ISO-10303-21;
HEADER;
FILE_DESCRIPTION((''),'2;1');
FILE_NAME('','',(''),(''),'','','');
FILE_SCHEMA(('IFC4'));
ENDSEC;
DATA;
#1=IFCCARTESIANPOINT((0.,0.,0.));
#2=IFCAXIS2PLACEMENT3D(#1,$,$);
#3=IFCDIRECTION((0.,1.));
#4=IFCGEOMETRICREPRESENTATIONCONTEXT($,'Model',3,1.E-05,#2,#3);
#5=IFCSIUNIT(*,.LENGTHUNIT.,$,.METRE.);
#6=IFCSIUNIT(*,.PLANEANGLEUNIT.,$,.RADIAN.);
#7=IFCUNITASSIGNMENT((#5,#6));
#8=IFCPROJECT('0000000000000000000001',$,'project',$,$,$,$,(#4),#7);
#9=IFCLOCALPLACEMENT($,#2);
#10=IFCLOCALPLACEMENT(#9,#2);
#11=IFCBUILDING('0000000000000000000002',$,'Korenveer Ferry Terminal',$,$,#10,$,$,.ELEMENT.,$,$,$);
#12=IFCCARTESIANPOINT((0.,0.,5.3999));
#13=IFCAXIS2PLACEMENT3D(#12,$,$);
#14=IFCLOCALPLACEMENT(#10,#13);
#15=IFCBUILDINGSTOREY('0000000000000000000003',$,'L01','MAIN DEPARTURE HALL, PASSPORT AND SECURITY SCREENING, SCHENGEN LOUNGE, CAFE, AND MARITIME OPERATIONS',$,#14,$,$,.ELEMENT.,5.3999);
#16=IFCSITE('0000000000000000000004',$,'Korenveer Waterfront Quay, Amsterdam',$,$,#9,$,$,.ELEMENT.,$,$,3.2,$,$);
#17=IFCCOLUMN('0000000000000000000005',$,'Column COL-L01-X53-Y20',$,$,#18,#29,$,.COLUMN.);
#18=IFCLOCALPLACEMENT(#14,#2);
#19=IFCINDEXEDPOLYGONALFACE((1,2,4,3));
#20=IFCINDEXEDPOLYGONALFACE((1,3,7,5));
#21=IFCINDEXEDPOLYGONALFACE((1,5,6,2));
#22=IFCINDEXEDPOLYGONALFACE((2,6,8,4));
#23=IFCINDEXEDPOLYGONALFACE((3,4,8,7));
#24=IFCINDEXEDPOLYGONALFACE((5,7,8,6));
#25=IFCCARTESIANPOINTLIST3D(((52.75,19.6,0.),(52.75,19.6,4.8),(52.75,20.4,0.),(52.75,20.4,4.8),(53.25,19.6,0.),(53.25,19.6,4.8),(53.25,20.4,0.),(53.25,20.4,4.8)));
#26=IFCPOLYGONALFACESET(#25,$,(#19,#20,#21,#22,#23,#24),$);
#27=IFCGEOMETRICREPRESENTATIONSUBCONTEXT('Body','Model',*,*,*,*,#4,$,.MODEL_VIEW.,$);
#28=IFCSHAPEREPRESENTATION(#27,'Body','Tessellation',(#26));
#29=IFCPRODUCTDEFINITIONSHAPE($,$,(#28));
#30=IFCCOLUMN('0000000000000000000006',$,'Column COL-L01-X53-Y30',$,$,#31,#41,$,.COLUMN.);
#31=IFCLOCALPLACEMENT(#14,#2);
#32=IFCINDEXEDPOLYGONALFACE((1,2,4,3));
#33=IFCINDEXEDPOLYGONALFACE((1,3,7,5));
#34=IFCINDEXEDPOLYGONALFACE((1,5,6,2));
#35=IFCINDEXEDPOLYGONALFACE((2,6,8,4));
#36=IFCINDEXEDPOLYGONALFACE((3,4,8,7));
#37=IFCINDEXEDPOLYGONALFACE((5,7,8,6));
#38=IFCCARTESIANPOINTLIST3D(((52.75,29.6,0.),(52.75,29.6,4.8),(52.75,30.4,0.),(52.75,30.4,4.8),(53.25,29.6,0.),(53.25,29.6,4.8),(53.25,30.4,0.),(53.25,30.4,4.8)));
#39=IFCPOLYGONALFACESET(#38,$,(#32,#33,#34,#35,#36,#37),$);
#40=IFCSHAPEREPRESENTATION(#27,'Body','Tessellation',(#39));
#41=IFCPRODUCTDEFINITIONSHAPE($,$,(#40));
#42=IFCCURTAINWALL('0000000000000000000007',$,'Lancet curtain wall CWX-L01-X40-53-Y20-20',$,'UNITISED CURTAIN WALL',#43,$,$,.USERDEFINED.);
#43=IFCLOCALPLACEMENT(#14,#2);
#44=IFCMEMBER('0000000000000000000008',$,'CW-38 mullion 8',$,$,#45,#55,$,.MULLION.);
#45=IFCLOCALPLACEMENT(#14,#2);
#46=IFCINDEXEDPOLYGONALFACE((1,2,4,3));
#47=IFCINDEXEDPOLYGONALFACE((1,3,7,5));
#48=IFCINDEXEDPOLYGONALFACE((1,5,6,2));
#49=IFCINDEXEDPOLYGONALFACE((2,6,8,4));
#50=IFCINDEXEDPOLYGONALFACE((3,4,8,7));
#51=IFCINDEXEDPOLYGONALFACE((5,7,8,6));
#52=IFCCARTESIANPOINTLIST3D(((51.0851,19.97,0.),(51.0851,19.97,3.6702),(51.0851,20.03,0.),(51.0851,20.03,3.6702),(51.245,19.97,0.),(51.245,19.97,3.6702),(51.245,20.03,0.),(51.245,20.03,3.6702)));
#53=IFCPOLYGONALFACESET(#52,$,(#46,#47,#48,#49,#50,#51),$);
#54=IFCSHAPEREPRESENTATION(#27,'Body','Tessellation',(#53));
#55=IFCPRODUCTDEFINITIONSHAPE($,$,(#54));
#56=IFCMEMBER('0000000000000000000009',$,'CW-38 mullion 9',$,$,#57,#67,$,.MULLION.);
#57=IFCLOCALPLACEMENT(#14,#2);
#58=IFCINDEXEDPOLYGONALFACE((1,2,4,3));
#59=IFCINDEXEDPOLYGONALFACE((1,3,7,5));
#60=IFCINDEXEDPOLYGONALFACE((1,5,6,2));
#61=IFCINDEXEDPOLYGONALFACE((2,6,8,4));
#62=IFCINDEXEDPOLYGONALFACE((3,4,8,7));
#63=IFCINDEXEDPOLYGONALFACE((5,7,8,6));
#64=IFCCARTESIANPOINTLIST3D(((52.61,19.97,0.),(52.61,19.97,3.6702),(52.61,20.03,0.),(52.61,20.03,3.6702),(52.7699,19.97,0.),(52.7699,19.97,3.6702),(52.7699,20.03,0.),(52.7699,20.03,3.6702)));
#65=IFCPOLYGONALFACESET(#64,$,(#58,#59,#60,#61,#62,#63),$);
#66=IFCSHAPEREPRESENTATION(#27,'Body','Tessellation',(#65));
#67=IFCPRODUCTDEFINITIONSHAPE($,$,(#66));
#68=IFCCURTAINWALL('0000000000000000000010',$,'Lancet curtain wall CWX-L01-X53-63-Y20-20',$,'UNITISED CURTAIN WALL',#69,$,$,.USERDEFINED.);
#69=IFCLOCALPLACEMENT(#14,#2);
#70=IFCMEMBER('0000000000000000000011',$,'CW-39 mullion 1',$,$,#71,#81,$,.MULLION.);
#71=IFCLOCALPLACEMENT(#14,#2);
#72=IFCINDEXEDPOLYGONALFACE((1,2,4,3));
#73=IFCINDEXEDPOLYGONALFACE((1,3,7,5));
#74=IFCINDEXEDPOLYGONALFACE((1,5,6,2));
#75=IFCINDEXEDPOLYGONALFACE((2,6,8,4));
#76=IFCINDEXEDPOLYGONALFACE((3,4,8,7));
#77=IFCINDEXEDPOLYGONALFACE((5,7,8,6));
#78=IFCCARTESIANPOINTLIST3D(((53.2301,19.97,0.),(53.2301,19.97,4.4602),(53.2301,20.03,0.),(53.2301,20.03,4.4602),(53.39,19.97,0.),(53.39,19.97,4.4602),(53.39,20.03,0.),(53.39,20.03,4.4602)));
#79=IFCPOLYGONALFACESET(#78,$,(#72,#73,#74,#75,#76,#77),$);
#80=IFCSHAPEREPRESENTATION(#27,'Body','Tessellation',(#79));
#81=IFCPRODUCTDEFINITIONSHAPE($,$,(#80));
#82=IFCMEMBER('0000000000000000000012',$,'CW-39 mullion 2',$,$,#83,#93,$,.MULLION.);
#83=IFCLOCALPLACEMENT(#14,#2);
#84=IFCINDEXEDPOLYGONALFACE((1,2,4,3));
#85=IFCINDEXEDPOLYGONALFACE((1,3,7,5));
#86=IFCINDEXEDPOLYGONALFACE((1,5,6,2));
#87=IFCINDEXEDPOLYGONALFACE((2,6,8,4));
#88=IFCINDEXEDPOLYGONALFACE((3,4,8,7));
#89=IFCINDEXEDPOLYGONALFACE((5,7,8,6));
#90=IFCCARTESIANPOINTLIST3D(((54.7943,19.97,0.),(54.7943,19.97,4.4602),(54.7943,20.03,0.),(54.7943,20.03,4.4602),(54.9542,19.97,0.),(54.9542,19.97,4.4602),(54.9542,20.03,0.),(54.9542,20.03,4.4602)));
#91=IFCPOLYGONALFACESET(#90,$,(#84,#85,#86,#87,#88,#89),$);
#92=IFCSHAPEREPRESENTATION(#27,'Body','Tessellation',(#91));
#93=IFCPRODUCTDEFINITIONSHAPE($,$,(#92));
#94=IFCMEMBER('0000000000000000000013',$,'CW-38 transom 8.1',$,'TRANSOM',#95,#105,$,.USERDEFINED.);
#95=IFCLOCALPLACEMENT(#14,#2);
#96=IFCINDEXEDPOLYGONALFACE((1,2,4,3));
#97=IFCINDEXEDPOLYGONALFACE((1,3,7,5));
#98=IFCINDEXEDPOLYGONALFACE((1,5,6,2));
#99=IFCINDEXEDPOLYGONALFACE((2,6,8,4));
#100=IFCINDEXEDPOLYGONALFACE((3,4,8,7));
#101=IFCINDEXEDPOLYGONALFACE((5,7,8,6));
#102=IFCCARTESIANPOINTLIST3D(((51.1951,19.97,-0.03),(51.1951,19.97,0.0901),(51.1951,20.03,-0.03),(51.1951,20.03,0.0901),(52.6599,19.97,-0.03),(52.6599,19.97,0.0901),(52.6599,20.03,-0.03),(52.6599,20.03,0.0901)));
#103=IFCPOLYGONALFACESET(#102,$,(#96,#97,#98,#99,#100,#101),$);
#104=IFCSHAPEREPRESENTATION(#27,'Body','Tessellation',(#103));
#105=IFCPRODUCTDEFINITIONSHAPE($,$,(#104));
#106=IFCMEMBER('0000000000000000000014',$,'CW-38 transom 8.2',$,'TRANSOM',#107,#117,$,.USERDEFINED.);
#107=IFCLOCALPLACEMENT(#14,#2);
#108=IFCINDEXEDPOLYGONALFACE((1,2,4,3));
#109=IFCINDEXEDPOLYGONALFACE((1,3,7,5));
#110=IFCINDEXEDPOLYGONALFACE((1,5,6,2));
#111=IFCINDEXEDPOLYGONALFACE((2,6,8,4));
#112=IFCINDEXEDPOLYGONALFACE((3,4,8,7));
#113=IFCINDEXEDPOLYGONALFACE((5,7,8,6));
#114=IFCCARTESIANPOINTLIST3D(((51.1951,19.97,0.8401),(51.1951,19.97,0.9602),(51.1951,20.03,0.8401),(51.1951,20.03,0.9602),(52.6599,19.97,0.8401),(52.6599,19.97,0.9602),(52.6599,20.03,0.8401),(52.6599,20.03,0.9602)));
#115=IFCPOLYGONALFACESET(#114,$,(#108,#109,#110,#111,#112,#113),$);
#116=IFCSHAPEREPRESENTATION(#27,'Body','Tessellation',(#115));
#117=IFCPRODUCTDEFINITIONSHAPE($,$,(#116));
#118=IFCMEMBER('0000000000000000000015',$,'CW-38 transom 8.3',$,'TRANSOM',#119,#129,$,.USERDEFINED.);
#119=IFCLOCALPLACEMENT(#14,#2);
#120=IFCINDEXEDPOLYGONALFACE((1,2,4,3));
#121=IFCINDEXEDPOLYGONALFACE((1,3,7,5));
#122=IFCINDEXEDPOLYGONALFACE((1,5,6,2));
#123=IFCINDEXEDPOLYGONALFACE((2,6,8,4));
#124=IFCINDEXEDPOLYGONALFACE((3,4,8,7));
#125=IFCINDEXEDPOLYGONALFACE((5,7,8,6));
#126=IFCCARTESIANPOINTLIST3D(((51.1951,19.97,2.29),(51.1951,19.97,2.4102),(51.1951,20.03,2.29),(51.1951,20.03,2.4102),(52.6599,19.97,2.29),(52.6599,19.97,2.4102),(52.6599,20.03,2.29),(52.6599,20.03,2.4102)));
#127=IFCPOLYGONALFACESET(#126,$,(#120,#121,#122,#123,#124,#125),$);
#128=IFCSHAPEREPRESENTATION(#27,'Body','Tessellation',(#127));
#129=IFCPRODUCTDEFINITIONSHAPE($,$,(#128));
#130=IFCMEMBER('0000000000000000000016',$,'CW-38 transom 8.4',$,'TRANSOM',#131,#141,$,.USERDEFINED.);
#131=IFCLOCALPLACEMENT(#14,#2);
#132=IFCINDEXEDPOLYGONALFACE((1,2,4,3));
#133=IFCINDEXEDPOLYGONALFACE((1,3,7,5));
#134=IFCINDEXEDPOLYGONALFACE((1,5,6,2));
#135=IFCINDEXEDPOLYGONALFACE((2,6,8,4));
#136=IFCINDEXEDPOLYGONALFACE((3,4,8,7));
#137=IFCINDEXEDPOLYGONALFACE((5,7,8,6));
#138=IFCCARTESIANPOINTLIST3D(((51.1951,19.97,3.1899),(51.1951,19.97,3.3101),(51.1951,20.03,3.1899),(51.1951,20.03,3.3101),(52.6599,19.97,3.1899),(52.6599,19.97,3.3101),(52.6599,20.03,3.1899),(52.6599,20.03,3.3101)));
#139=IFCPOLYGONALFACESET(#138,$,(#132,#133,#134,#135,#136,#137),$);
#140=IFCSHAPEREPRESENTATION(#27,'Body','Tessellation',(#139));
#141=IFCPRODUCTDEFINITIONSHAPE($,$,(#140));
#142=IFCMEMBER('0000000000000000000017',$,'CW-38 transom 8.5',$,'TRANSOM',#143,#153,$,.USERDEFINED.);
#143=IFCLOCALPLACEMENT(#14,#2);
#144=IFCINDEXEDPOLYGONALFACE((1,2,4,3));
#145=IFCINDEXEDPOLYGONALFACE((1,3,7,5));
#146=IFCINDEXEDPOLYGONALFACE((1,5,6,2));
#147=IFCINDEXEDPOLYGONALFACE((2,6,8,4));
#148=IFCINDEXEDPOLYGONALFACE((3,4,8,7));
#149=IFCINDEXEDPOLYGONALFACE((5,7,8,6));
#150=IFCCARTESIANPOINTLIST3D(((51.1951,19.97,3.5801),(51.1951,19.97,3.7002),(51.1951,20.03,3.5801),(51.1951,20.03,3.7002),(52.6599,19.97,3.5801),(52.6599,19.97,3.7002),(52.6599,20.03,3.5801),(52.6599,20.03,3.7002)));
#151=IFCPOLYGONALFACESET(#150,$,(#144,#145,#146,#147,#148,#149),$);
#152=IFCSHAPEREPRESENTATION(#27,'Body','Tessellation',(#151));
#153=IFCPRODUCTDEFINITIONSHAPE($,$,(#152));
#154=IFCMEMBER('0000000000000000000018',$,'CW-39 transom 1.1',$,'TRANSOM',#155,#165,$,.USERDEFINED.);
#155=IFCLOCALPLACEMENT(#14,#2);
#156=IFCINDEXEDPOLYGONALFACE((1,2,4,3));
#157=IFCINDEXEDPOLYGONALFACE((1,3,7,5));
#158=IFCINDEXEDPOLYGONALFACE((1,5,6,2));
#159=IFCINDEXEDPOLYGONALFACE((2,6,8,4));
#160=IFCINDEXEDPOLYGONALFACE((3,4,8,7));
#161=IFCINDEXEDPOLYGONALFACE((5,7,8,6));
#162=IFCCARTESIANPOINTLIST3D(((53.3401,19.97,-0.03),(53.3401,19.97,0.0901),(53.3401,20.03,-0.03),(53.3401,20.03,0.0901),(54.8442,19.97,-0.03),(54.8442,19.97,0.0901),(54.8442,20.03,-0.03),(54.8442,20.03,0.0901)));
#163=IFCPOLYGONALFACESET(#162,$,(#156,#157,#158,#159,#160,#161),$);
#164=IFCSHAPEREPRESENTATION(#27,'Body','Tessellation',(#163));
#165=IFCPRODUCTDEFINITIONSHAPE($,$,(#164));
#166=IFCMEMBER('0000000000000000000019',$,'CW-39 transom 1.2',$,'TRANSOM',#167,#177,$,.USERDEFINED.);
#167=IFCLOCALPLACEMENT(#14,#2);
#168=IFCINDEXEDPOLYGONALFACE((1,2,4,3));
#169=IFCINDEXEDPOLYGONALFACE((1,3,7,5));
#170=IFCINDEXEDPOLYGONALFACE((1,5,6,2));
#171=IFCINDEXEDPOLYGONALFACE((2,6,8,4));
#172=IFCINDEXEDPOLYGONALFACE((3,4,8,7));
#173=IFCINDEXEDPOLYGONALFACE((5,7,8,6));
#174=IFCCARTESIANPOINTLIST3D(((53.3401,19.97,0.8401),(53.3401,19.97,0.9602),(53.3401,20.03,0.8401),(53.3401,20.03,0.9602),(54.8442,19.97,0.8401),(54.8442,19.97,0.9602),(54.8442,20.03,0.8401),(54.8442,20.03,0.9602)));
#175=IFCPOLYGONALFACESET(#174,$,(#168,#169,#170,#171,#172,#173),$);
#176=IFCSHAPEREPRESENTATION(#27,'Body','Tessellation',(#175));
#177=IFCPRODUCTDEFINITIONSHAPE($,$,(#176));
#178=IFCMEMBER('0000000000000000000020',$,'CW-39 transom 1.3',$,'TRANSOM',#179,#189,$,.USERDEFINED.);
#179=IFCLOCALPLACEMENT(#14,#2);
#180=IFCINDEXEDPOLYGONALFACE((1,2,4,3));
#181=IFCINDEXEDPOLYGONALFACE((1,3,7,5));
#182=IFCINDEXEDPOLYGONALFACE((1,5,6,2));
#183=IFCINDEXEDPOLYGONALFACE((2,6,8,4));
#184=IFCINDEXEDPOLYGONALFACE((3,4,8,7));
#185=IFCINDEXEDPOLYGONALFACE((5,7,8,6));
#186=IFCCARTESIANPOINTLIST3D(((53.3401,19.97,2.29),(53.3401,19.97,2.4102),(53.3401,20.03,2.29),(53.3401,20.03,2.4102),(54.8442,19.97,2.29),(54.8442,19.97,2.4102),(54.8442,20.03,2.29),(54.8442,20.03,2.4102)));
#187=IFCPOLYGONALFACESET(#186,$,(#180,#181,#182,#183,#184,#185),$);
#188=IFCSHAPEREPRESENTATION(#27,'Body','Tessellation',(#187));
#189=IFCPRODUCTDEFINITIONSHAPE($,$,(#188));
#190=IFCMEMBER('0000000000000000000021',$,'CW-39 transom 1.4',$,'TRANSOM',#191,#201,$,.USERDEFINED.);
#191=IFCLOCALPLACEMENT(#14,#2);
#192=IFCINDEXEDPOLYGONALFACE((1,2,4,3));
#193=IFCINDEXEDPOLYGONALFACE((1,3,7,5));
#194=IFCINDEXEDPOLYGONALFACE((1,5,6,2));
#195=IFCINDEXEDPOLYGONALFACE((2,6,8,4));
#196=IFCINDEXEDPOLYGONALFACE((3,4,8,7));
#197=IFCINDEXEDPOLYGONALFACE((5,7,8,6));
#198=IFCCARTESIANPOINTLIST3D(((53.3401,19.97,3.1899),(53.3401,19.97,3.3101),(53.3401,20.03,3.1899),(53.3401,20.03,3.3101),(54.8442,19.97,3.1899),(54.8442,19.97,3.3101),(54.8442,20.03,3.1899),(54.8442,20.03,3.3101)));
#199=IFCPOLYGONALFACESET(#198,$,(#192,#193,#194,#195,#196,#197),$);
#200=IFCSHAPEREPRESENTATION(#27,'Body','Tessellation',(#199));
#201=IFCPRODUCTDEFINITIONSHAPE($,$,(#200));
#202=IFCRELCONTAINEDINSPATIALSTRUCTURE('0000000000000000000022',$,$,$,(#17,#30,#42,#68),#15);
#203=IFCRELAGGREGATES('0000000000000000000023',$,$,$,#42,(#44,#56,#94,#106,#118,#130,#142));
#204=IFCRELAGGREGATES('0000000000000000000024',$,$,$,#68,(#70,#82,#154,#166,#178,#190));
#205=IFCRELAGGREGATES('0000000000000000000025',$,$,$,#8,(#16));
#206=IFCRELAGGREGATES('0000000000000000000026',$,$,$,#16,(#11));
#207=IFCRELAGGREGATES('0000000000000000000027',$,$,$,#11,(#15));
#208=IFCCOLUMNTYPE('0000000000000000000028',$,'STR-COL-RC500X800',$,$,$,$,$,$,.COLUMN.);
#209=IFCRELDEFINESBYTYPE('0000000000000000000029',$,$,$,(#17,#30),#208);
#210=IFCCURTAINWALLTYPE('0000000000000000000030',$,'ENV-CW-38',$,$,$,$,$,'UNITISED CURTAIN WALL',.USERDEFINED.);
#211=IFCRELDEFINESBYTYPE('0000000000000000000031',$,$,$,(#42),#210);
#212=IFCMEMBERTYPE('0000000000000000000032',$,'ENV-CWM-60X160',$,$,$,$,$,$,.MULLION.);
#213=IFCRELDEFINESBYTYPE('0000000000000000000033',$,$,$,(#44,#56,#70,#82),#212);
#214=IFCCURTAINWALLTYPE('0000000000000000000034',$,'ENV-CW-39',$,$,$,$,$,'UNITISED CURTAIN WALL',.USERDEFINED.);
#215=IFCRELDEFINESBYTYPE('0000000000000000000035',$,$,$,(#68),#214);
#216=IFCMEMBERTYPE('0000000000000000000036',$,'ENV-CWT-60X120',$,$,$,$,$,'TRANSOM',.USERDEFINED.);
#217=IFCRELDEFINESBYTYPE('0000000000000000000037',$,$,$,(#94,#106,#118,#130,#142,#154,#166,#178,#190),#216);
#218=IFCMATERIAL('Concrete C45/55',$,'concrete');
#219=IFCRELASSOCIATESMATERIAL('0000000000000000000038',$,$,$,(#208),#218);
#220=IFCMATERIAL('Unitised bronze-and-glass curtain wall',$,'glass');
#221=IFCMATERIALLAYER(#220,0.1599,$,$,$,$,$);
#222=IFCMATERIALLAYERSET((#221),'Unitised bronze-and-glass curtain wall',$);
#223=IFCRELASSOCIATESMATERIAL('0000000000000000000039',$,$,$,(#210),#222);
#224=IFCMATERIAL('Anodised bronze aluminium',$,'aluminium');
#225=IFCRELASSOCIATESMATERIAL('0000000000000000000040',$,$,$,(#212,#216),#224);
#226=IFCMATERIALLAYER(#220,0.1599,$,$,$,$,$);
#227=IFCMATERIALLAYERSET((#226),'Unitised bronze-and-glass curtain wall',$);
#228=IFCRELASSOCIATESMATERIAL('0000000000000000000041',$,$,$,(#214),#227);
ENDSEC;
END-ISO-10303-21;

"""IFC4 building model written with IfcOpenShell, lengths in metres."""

from ifc_helpers import new_model, si_unit, direction, frame, origin, origin_2d, place, context, subcontext, project, spatial, rectangle, extrude, material, layer, layer_set, material_profile, profile_set, type_object, element, aggregate, save


model = new_model("IFC4")

# Units and contexts
model_context = context("Model", 3, precision=1e-05, world=origin(), true_north=direction((0.0, 1.0)))
body_context = subcontext(model_context, "Body", "Model", "MODEL_VIEW")
ifc_project = project(units=[si_unit("LENGTHUNIT", "METRE"), si_unit("PLANEANGLEUNIT", "RADIAN")], contexts=[model_context])

# Site, building, storey
site_placement = place(None, origin())
site = spatial("IfcSite", under=ifc_project, at=site_placement, Name="Korenveer Waterfront Quay, Amsterdam", CompositionType="ELEMENT", RefElevation=3.2)
building_placement = place(site_placement, origin())
building = spatial("IfcBuilding", under=site, at=building_placement, Name="Korenveer Ferry Terminal", CompositionType="ELEMENT")
storey_placement = place(building_placement, frame((0.0, 0.0, 5.3999)))
storey = spatial("IfcBuildingStorey", under=building, at=storey_placement, Name="L01", Description="MAIN DEPARTURE HALL, PASSPORT AND SECURITY SCREENING, SCHENGEN LOUNGE, CAFE, AND MARITIME OPERATIONS", CompositionType="ELEMENT", Elevation=5.3999)

# Columns
ifc_material_1 = material(Name="Concrete C45/55", Category="concrete")
ifc_material_profile_1 = material_profile(ifc_material_1, rectangle(XDim=0.5, YDim=0.8, at=origin_2d()), Name="RC 500x800")
ifc_profile_set_1 = profile_set([ifc_material_profile_1], Name="Concrete C45/55")
column_type = type_object("IfcColumnType", Name="STR-COL-RC500X800", PredefinedType="COLUMN", material=ifc_profile_set_1)
for number, where, z_axis, x_axis, name in (
    (1, (53.0, 20.0, 0.0), (0.0, 0.0, 1.0), (1.0, 0.0, 0.0), "Column COL-L01-X53-Y20"),
    (2, (53.0, 30.0, 0.0), (0.0, 0.0, 1.0), (1.0, 0.0, 0.0), "Column COL-L01-X53-Y30"),
):
    element("IfcColumn", number, at=place(storey_placement, frame(where, z_axis=z_axis, x_axis=x_axis)), inside=storey, type_object=column_type, Name=name, PredefinedType="COLUMN", context=body_context, shape_type="SweptSolid", body=[
        extrude(rectangle(XDim=0.5, YDim=0.8, at=origin_2d()), origin(), (0.0, 0.0, 1.0), 4.8),
    ])

# Curtain walls, members
ifc_material_2 = material(Name="Unitised bronze-and-glass curtain wall", Category="glass")
ifc_layer_1 = layer(ifc_material_2, 0.1599)
ifc_layer_set_1 = layer_set([ifc_layer_1], Name="Unitised bronze-and-glass curtain wall")
curtain_wall_type_1 = type_object("IfcCurtainWallType", Name="ENV-CW-38", ElementType="UNITISED CURTAIN WALL", PredefinedType="USERDEFINED", material=ifc_layer_set_1)
curtain_wall_1_placement = place(storey_placement, frame((40.28, 20.0, 0.0)))
curtain_wall_1 = element("IfcCurtainWall", 3, at=curtain_wall_1_placement, inside=storey, type_object=curtain_wall_type_1, Name="Lancet curtain wall CWX-L01-X40-53-Y20-20", ObjectType="UNITISED CURTAIN WALL", PredefinedType="USERDEFINED")
ifc_material_3 = material(Name="Anodised bronze aluminium", Category="aluminium")
ifc_material_profile_2 = material_profile(ifc_material_3, rectangle(XDim=0.0601, YDim=0.1599, at=origin_2d()), Name="ALU 60x160")
ifc_profile_set_2 = profile_set([ifc_material_profile_2], Name="Anodised bronze aluminium")
member_type_1 = type_object("IfcMemberType", Name="ENV-CWM-60X160", PredefinedType="MULLION", material=ifc_profile_set_2)
member_1_placement = place(storey_placement, frame((51.165, 20.0, 0.0), z_axis=(0.0, 0.0, 1.0), x_axis=(0.0, 1.0, 0.0)))
member_1 = element("IfcMember", 4, at=member_1_placement, type_object=member_type_1, Name="CW-38 mullion 8", PredefinedType="MULLION", context=body_context, shape_type="SweptSolid", body=[
    extrude(rectangle(XDim=0.0601, YDim=0.1599, at=origin_2d()), origin(), (0.0, 0.0, 1.0), 3.6702),
])
member_2_placement = place(storey_placement, frame((52.6899, 20.0, 0.0), z_axis=(0.0, 0.0, 1.0), x_axis=(0.0, 1.0, 0.0)))
member_2 = element("IfcMember", 5, at=member_2_placement, type_object=member_type_1, Name="CW-38 mullion 9", PredefinedType="MULLION", context=body_context, shape_type="SweptSolid", body=[
    extrude(rectangle(XDim=0.0601, YDim=0.1599, at=origin_2d()), origin(), (0.0, 0.0, 1.0), 3.6702),
])
ifc_layer_2 = layer(ifc_material_2, 0.1599)
ifc_layer_set_2 = layer_set([ifc_layer_2], Name="Unitised bronze-and-glass curtain wall")
curtain_wall_type_2 = type_object("IfcCurtainWallType", Name="ENV-CW-39", ElementType="UNITISED CURTAIN WALL", PredefinedType="USERDEFINED", material=ifc_layer_set_2)
curtain_wall_2_placement = place(storey_placement, frame((53.28, 20.0, 0.0)))
curtain_wall_2 = element("IfcCurtainWall", 6, at=curtain_wall_2_placement, inside=storey, type_object=curtain_wall_type_2, Name="Lancet curtain wall CWX-L01-X53-63-Y20-20", ObjectType="UNITISED CURTAIN WALL", PredefinedType="USERDEFINED")
member_3_placement = place(storey_placement, frame((53.3101, 20.0, 0.0), z_axis=(0.0, 0.0, 1.0), x_axis=(0.0, 1.0, 0.0)))
member_3 = element("IfcMember", 7, at=member_3_placement, type_object=member_type_1, Name="CW-39 mullion 1", PredefinedType="MULLION", context=body_context, shape_type="SweptSolid", body=[
    extrude(rectangle(XDim=0.0601, YDim=0.1599, at=origin_2d()), origin(), (0.0, 0.0, 1.0), 4.4602),
])
member_4_placement = place(storey_placement, frame((54.8743, 20.0, 0.0), z_axis=(0.0, 0.0, 1.0), x_axis=(0.0, 1.0, 0.0)))
member_4 = element("IfcMember", 8, at=member_4_placement, type_object=member_type_1, Name="CW-39 mullion 2", PredefinedType="MULLION", context=body_context, shape_type="SweptSolid", body=[
    extrude(rectangle(XDim=0.0601, YDim=0.1599, at=origin_2d()), origin(), (0.0, 0.0, 1.0), 4.4602),
])

# Members
ifc_material_profile_3 = material_profile(ifc_material_3, rectangle(XDim=0.0601, YDim=0.1201, at=origin_2d()), Name="ALU 60x120")
ifc_profile_set_3 = profile_set([ifc_material_profile_3], Name="Anodised bronze aluminium")
member_type_2 = type_object("IfcMemberType", Name="ENV-CWT-60X120", ElementType="TRANSOM", PredefinedType="USERDEFINED", material=ifc_profile_set_3)
member_5_placement = place(storey_placement, frame((51.1951, 20.0, 0.03), z_axis=(1.0, 0.0, 0.0), x_axis=(0.0, 1.0, 0.0)))
member_5 = element("IfcMember", 9, at=member_5_placement, type_object=member_type_2, Name="CW-38 transom 8.1", ObjectType="TRANSOM", PredefinedType="USERDEFINED", context=body_context, shape_type="SweptSolid", body=[
    extrude(rectangle(XDim=0.0601, YDim=0.1201, at=origin_2d()), origin(), (0.0, 0.0, 1.0), 1.4648),
])
member_6_placement = place(storey_placement, frame((51.1951, 20.0, 0.9001), z_axis=(1.0, 0.0, 0.0), x_axis=(0.0, 1.0, 0.0)))
member_6 = element("IfcMember", 10, at=member_6_placement, type_object=member_type_2, Name="CW-38 transom 8.2", ObjectType="TRANSOM", PredefinedType="USERDEFINED", context=body_context, shape_type="SweptSolid", body=[
    extrude(rectangle(XDim=0.0601, YDim=0.1201, at=origin_2d()), origin(), (0.0, 0.0, 1.0), 1.4648),
])
member_7_placement = place(storey_placement, frame((51.1951, 20.0, 2.3501), z_axis=(1.0, 0.0, 0.0), x_axis=(0.0, 1.0, 0.0)))
member_7 = element("IfcMember", 11, at=member_7_placement, type_object=member_type_2, Name="CW-38 transom 8.3", ObjectType="TRANSOM", PredefinedType="USERDEFINED", context=body_context, shape_type="SweptSolid", body=[
    extrude(rectangle(XDim=0.0601, YDim=0.1201, at=origin_2d()), origin(), (0.0, 0.0, 1.0), 1.4648),
])
member_8_placement = place(storey_placement, frame((51.1951, 20.0, 3.25), z_axis=(1.0, 0.0, 0.0), x_axis=(0.0, 1.0, 0.0)))
member_8 = element("IfcMember", 12, at=member_8_placement, type_object=member_type_2, Name="CW-38 transom 8.4", ObjectType="TRANSOM", PredefinedType="USERDEFINED", context=body_context, shape_type="SweptSolid", body=[
    extrude(rectangle(XDim=0.0601, YDim=0.1201, at=origin_2d()), origin(), (0.0, 0.0, 1.0), 1.4648),
])
member_9_placement = place(storey_placement, frame((51.1951, 20.0, 3.6401), z_axis=(1.0, 0.0, 0.0), x_axis=(0.0, 1.0, 0.0)))
member_9 = element("IfcMember", 13, at=member_9_placement, type_object=member_type_2, Name="CW-38 transom 8.5", ObjectType="TRANSOM", PredefinedType="USERDEFINED", context=body_context, shape_type="SweptSolid", body=[
    extrude(rectangle(XDim=0.0601, YDim=0.1201, at=origin_2d()), origin(), (0.0, 0.0, 1.0), 1.4648),
])
member_10_placement = place(storey_placement, frame((53.3401, 20.0, 0.03), z_axis=(1.0, 0.0, 0.0), x_axis=(0.0, 1.0, 0.0)))
member_10 = element("IfcMember", 14, at=member_10_placement, type_object=member_type_2, Name="CW-39 transom 1.1", ObjectType="TRANSOM", PredefinedType="USERDEFINED", context=body_context, shape_type="SweptSolid", body=[
    extrude(rectangle(XDim=0.0601, YDim=0.1201, at=origin_2d()), origin(), (0.0, 0.0, 1.0), 1.5042),
])
member_11_placement = place(storey_placement, frame((53.3401, 20.0, 0.9001), z_axis=(1.0, 0.0, 0.0), x_axis=(0.0, 1.0, 0.0)))
member_11 = element("IfcMember", 15, at=member_11_placement, type_object=member_type_2, Name="CW-39 transom 1.2", ObjectType="TRANSOM", PredefinedType="USERDEFINED", context=body_context, shape_type="SweptSolid", body=[
    extrude(rectangle(XDim=0.0601, YDim=0.1201, at=origin_2d()), origin(), (0.0, 0.0, 1.0), 1.5042),
])
member_12_placement = place(storey_placement, frame((53.3401, 20.0, 2.3501), z_axis=(1.0, 0.0, 0.0), x_axis=(0.0, 1.0, 0.0)))
member_12 = element("IfcMember", 16, at=member_12_placement, type_object=member_type_2, Name="CW-39 transom 1.3", ObjectType="TRANSOM", PredefinedType="USERDEFINED", context=body_context, shape_type="SweptSolid", body=[
    extrude(rectangle(XDim=0.0601, YDim=0.1201, at=origin_2d()), origin(), (0.0, 0.0, 1.0), 1.5042),
])
member_13_placement = place(storey_placement, frame((53.3401, 20.0, 3.25), z_axis=(1.0, 0.0, 0.0), x_axis=(0.0, 1.0, 0.0)))
member_13 = element("IfcMember", 17, at=member_13_placement, type_object=member_type_2, Name="CW-39 transom 1.4", ObjectType="TRANSOM", PredefinedType="USERDEFINED", context=body_context, shape_type="SweptSolid", body=[
    extrude(rectangle(XDim=0.0601, YDim=0.1201, at=origin_2d()), origin(), (0.0, 0.0, 1.0), 1.5042),
])

aggregate(curtain_wall_1, [member_1, member_2, member_5, member_6, member_7, member_8, member_9])
aggregate(curtain_wall_2, [member_3, member_4, member_10, member_11, member_12, member_13])

save(model, "model.ifc")
